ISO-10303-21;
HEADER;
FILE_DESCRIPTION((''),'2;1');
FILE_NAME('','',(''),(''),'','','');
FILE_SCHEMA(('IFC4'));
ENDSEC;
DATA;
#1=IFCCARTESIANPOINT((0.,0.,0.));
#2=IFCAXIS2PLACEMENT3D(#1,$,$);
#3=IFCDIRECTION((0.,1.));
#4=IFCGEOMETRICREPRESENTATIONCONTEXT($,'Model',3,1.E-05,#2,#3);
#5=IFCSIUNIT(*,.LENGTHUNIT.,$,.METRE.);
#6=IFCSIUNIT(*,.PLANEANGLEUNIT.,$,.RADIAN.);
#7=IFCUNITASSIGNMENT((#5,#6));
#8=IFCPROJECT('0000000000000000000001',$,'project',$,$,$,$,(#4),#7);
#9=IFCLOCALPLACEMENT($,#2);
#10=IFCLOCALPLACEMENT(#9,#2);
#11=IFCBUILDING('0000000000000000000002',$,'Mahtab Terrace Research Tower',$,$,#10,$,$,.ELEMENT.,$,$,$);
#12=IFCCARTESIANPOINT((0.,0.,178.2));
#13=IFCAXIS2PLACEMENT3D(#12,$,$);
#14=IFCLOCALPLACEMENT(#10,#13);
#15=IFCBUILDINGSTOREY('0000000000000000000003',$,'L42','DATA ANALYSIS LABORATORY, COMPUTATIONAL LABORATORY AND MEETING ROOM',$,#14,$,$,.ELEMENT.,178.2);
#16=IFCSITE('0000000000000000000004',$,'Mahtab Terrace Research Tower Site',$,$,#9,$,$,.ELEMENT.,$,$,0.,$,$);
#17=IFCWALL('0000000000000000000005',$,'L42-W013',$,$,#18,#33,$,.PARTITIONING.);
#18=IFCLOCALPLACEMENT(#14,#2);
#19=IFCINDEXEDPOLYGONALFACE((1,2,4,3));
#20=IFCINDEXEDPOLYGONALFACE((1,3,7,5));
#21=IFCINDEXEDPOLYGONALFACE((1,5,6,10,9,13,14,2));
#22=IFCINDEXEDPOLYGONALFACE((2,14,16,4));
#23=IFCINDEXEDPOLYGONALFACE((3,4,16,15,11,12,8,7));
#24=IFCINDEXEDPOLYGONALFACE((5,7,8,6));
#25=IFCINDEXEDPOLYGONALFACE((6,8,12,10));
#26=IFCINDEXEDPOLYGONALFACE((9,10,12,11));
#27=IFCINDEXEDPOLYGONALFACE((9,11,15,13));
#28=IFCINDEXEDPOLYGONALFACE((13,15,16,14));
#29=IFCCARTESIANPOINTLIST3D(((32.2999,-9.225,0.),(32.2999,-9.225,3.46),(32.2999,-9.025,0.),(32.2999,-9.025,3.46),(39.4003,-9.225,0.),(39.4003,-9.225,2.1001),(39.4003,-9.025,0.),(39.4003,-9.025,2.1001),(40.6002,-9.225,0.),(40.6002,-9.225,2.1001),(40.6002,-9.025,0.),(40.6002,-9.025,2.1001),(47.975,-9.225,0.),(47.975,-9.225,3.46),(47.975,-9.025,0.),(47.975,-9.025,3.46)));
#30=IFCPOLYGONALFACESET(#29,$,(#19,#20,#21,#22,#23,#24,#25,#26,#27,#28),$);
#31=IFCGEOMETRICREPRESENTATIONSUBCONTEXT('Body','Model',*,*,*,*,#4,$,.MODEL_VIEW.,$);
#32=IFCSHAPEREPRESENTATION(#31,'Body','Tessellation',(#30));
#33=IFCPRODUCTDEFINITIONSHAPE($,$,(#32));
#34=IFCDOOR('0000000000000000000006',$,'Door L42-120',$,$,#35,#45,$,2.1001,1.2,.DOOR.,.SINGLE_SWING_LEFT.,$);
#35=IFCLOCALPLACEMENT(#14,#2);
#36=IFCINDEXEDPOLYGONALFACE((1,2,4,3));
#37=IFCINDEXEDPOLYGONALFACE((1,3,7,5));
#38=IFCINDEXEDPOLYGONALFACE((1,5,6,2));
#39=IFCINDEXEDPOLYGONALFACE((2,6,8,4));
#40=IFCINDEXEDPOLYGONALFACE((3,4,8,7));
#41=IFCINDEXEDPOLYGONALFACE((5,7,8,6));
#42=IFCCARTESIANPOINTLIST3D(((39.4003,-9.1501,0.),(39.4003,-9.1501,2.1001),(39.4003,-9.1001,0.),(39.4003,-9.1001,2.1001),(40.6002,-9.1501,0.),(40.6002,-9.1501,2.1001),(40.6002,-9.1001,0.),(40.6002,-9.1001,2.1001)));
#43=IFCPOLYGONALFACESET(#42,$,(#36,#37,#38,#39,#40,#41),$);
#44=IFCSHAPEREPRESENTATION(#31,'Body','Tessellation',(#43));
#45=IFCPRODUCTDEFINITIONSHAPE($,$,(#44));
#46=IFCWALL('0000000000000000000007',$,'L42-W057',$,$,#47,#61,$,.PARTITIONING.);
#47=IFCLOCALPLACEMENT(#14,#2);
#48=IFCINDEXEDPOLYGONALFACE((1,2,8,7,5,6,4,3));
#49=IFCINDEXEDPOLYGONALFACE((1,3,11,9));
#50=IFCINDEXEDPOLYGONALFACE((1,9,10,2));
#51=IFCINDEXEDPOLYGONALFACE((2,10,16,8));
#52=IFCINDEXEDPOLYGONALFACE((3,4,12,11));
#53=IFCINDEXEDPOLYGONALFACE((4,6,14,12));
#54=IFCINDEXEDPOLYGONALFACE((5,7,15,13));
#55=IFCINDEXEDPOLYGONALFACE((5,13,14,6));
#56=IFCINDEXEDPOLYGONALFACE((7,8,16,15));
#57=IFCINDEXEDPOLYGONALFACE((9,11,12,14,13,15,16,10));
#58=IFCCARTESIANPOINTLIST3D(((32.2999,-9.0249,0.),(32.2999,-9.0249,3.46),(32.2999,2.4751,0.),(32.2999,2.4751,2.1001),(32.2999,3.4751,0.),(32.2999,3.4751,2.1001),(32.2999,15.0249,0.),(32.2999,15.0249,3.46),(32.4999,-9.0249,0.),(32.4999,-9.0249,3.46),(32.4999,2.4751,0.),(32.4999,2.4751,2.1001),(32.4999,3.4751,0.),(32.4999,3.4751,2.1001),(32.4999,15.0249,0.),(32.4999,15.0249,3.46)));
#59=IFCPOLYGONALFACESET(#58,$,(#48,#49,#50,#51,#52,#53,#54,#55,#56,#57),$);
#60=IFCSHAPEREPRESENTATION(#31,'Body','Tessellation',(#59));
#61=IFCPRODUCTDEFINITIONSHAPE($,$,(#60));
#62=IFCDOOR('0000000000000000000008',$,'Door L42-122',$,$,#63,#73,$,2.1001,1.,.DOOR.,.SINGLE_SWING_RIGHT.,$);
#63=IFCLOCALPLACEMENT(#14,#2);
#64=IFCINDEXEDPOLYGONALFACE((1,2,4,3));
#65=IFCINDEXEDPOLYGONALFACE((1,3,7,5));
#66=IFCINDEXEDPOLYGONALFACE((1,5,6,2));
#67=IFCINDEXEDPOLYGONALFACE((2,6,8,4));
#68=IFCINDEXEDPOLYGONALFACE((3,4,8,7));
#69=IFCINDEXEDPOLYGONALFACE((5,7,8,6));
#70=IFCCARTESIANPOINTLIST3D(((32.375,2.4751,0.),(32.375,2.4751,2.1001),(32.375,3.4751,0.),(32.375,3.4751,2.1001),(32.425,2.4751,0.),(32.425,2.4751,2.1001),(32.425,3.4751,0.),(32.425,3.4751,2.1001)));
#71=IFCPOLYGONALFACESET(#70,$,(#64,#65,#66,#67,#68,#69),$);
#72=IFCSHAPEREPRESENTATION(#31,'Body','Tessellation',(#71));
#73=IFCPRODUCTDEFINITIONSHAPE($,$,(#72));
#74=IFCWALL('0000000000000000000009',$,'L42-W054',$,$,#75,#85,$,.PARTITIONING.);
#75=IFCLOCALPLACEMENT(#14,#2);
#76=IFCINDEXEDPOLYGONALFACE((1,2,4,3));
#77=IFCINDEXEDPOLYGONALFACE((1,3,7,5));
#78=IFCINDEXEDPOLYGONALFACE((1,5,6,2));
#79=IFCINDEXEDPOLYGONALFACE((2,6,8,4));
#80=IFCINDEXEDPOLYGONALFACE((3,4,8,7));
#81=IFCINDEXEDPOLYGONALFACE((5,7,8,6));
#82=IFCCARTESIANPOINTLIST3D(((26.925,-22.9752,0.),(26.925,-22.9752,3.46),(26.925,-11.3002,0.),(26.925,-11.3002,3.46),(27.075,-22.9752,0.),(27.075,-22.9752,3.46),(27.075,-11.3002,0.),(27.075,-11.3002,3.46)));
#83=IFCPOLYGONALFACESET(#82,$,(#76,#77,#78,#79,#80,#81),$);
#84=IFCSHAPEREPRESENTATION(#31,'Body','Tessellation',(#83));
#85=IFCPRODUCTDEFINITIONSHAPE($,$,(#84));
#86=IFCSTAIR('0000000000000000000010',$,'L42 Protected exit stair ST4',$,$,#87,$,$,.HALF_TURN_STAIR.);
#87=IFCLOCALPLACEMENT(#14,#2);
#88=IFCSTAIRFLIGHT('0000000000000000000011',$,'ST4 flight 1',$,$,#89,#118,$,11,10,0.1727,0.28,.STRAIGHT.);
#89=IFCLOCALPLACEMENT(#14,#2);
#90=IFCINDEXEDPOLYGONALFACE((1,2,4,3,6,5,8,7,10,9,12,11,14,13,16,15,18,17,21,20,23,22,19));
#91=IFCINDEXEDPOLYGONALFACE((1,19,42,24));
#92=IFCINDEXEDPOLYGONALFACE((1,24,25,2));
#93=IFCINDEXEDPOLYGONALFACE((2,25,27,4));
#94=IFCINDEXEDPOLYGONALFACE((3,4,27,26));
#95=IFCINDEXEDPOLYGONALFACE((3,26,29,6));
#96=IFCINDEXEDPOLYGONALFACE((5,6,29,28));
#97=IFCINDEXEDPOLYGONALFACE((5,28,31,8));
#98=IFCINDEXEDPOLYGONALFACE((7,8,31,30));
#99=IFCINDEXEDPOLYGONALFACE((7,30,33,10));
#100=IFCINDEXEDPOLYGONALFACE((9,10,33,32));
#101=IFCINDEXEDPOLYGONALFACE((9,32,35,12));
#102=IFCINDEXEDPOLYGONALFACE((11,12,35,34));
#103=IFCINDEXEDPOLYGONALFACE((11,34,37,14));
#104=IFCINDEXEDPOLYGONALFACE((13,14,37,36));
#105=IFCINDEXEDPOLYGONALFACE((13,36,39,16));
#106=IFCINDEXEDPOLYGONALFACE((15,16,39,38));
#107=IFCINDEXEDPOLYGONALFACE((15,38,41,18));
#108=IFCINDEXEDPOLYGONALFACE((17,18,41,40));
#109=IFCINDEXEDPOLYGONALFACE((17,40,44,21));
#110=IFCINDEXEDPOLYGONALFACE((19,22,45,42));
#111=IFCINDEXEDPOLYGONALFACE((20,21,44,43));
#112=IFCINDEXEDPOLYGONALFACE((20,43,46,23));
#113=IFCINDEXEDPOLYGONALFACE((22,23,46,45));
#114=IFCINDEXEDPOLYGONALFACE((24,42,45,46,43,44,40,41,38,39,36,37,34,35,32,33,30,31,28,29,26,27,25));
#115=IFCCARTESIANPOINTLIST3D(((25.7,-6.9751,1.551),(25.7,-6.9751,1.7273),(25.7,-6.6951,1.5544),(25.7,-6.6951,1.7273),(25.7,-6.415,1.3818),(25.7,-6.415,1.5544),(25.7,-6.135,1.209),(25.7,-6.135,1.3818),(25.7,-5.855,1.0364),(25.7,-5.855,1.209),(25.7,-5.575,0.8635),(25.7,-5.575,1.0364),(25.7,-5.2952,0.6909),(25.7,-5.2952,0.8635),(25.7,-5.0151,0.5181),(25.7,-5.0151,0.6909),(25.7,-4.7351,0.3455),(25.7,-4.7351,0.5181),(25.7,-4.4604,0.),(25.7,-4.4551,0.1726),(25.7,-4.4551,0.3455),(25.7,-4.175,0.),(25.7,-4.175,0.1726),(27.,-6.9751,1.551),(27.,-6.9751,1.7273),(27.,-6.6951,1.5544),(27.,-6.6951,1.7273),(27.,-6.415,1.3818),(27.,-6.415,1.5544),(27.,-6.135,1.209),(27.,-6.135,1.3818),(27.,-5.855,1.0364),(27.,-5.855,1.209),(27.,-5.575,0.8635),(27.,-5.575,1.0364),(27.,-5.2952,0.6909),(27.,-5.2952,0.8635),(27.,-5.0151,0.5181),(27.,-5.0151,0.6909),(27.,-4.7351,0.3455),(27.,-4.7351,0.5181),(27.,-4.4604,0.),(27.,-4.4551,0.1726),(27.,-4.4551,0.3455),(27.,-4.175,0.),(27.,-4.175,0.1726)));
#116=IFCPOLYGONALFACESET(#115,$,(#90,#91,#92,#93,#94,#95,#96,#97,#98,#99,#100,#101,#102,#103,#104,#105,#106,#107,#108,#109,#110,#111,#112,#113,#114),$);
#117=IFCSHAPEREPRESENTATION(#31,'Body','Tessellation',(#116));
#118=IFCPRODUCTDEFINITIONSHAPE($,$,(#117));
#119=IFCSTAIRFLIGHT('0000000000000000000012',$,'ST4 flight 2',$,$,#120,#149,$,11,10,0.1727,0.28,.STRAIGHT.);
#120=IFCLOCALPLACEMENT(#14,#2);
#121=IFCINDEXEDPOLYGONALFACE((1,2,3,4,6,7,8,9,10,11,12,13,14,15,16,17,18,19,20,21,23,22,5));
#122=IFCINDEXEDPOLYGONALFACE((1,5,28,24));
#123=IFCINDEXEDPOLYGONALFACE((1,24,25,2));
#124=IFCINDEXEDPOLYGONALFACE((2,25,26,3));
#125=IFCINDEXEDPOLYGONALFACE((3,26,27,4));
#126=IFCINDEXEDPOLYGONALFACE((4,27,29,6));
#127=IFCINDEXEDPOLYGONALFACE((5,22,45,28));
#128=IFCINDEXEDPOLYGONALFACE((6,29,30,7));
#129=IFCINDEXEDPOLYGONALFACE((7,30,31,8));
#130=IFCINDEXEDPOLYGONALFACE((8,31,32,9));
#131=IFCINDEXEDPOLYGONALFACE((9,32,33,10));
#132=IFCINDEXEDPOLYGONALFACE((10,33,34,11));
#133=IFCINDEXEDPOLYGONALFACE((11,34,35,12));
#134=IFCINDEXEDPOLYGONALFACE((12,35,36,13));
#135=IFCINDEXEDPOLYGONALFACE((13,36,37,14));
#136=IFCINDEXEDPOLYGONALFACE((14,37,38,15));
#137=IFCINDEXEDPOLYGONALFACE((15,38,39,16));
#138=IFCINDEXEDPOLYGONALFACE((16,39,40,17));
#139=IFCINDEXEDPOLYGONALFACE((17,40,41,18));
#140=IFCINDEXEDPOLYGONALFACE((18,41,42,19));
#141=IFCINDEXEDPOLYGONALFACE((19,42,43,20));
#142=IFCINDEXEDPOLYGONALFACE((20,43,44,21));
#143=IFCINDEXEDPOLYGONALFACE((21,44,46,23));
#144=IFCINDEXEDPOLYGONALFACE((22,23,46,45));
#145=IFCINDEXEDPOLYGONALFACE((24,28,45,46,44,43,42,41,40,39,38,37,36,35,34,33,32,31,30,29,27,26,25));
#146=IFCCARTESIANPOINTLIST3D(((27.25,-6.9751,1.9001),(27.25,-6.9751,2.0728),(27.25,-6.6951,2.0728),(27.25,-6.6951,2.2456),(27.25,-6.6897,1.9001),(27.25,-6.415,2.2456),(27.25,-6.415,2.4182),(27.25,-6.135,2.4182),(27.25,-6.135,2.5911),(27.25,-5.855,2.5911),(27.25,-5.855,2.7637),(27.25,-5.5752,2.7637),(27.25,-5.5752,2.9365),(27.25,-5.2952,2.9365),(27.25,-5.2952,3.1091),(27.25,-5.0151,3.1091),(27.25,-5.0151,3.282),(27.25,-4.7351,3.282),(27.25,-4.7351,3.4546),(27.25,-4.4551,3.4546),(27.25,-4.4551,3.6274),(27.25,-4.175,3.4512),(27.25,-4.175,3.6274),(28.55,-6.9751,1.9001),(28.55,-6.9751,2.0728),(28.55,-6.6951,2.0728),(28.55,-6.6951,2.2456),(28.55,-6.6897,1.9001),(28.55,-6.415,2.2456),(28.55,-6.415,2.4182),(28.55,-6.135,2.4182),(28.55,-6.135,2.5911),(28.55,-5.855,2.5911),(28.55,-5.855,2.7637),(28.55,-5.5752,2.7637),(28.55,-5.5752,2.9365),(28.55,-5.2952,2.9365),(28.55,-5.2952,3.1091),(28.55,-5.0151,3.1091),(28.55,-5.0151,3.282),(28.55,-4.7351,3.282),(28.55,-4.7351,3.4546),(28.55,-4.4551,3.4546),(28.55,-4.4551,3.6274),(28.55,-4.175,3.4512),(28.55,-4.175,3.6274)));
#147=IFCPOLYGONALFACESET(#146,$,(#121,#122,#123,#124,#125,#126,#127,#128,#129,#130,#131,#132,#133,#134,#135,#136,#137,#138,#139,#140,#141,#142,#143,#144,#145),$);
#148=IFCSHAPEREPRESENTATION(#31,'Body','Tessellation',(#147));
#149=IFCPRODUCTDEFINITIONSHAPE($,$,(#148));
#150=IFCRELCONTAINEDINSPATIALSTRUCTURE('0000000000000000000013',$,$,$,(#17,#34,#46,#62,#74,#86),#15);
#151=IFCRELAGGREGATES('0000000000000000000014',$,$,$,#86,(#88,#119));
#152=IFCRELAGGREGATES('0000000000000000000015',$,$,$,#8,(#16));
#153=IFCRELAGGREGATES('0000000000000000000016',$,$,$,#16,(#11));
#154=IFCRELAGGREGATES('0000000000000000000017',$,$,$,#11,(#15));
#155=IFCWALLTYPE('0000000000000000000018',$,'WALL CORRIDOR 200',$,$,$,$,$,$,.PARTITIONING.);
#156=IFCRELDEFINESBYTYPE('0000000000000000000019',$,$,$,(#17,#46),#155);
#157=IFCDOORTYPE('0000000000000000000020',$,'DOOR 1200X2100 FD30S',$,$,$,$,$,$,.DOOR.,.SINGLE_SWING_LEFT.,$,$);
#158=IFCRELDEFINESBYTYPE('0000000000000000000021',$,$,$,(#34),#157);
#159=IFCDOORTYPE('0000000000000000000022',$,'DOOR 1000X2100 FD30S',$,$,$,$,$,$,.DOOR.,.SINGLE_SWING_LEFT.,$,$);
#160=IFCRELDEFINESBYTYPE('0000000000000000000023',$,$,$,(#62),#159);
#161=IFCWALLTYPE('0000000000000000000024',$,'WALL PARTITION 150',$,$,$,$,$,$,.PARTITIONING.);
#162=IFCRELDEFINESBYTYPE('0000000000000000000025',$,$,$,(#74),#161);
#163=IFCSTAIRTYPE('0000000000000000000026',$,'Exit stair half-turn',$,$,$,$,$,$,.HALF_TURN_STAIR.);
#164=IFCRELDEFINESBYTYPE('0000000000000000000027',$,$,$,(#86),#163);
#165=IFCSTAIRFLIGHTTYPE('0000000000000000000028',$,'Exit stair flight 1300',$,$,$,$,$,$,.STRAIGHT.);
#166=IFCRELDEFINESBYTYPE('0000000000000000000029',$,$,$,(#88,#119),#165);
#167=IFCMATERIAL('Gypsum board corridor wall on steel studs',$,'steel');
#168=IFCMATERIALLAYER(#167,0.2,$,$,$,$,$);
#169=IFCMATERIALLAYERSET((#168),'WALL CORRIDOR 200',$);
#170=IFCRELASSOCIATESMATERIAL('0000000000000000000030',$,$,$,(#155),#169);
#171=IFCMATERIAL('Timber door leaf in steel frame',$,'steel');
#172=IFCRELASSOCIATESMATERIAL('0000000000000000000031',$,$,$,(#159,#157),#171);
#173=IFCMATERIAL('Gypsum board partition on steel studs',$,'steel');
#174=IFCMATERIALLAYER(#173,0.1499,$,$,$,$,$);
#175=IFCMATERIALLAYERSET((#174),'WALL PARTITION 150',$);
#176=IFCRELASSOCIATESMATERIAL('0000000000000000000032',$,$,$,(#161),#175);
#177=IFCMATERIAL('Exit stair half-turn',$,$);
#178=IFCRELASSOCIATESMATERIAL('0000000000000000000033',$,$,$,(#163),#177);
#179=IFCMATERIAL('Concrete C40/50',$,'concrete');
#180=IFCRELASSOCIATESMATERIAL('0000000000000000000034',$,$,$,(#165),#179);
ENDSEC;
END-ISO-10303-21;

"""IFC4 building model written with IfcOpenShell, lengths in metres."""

from ifc_helpers import new_model, si_unit, direction, frame, frame_2d, origin, place, context, subcontext, project, spatial, polyline, rectangle, outline, extrude, material, layer, layer_set, type_object, element, fill, aggregate, save


model = new_model("IFC4")

# Units and contexts
model_context = context("Model", 3, precision=1e-05, world=origin(), true_north=direction((0.0, 1.0)))
body_context = subcontext(model_context, "Body", "Model", "MODEL_VIEW")
ifc_project = project(units=[si_unit("LENGTHUNIT", "METRE"), si_unit("PLANEANGLEUNIT", "RADIAN")], contexts=[model_context])

# Site, building, storey
site_placement = place(None, origin())
site = spatial("IfcSite", under=ifc_project, at=site_placement, Name="Mahtab Terrace Research Tower Site", CompositionType="ELEMENT", RefElevation=0.0)
building_placement = place(site_placement, origin())
building = spatial("IfcBuilding", under=site, at=building_placement, Name="Mahtab Terrace Research Tower", CompositionType="ELEMENT")
storey_placement = place(building_placement, frame((0.0, 0.0, 178.2)))
storey = spatial("IfcBuildingStorey", under=building, at=storey_placement, Name="L42", Description="DATA ANALYSIS LABORATORY, COMPUTATIONAL LABORATORY AND MEETING ROOM", CompositionType="ELEMENT", Elevation=178.2)

# Shared definitions
ifc_material_1 = material(Name="Gypsum board corridor wall on steel studs", Category="steel")
ifc_layer_1 = layer(ifc_material_1, 0.2)
ifc_layer_set_1 = layer_set([ifc_layer_1], Name="WALL CORRIDOR 200")
wall_type_1 = type_object("IfcWallType", Name="WALL CORRIDOR 200", PredefinedType="PARTITIONING", material=ifc_layer_set_1)
ifc_material_2 = material(Name="Timber door leaf in steel frame", Category="steel")
door_type_1 = type_object("IfcDoorType", Name="DOOR 1000X2100 FD30S", OperationType="SINGLE_SWING_LEFT", PredefinedType="DOOR", material=ifc_material_2)

# Walls, openings, doors
wall_1_placement = place(storey_placement, frame((32.3, -9.125, 0.0), z_axis=(0.0, 0.0, 1.0), x_axis=(1.0, 0.0, 0.0)))
wall_1 = element("IfcWall", 1, at=wall_1_placement, inside=storey, type_object=wall_type_1, Name="L42-W013", PredefinedType="PARTITIONING", context=body_context, shape_type="SweptSolid", body=[
    extrude(rectangle(XDim=15.675, YDim=0.2, at=frame_2d((7.8374, 0.0))), origin(), (0.0, 0.0, 1.0), 3.46),
])
opening_1_placement = place(wall_1_placement, frame((7.1001, 0.0, 0.0)))
opening_1 = element("IfcOpeningElement", 2, at=opening_1_placement, cuts=wall_1, PredefinedType="OPENING", context=body_context, shape_type="SweptSolid", body=[
    extrude(rectangle(XDim=1.2, YDim=2.1001, at=frame_2d((0.6001, 1.05))), frame((0.0, 0.1099, 0.0), z_axis=(0.0, -1.0, 0.0), x_axis=(1.0, 0.0, 0.0)), (0.0, 0.0, 1.0), 0.22),
])
door_type_2 = type_object("IfcDoorType", Name="DOOR 1200X2100 FD30S", OperationType="SINGLE_SWING_LEFT", PredefinedType="DOOR", material=ifc_material_2)
door_1_placement = place(opening_1_placement, origin())
door_1 = element("IfcDoor", 3, at=door_1_placement, inside=storey, type_object=door_type_2, Name="Door L42-120", OperationType="SINGLE_SWING_LEFT", OverallHeight=2.1001, OverallWidth=1.2, PredefinedType="DOOR", context=body_context, shape_type="SweptSolid", body=[
    extrude(rectangle(XDim=1.2, YDim=2.1001, at=frame_2d((0.6001, 1.05))), frame((0.0, 0.0249, 0.0), z_axis=(0.0, -1.0, 0.0), x_axis=(1.0, 0.0, 0.0)), (0.0, 0.0, 1.0), 0.05),
])
fill(opening_1, door_1)
wall_2_placement = place(storey_placement, frame((32.3999, -9.0249, 0.0), z_axis=(0.0, 0.0, 1.0), x_axis=(0.0, 1.0, 0.0)))
wall_2 = element("IfcWall", 4, at=wall_2_placement, inside=storey, type_object=wall_type_1, Name="L42-W057", PredefinedType="PARTITIONING", context=body_context, shape_type="SweptSolid", body=[
    extrude(rectangle(XDim=24.0498, YDim=0.2, at=frame_2d((12.0249, 0.0))), origin(), (0.0, 0.0, 1.0), 3.46),
])
opening_2_placement = place(wall_2_placement, frame((11.5, 0.0, 0.0)))
opening_2 = element("IfcOpeningElement", 5, at=opening_2_placement, cuts=wall_2, PredefinedType="OPENING", context=body_context, shape_type="SweptSolid", body=[
    extrude(rectangle(XDim=1.0, YDim=2.1001, at=frame_2d((0.5, 1.05))), frame((0.0, 0.1099, 0.0), z_axis=(0.0, -1.0, 0.0), x_axis=(1.0, 0.0, 0.0)), (0.0, 0.0, 1.0), 0.22),
])
door_2_placement = place(opening_2_placement, origin())
door_2 = element("IfcDoor", 6, at=door_2_placement, inside=storey, type_object=door_type_1, Name="Door L42-122", OperationType="SINGLE_SWING_RIGHT", OverallHeight=2.1001, OverallWidth=1.0, PredefinedType="DOOR", context=body_context, shape_type="SweptSolid", body=[
    extrude(rectangle(XDim=1.0, YDim=2.1001, at=frame_2d((0.5, 1.05))), frame((0.0, 0.0249, 0.0), z_axis=(0.0, -1.0, 0.0), x_axis=(1.0, 0.0, 0.0)), (0.0, 0.0, 1.0), 0.05),
])
fill(opening_2, door_2)

# Wall
ifc_material_3 = material(Name="Gypsum board partition on steel studs", Category="steel")
ifc_layer_2 = layer(ifc_material_3, 0.1499)
ifc_layer_set_2 = layer_set([ifc_layer_2], Name="WALL PARTITION 150")
wall_type_2 = type_object("IfcWallType", Name="WALL PARTITION 150", PredefinedType="PARTITIONING", material=ifc_layer_set_2)
wall_3_placement = place(storey_placement, frame((27.0, -22.9751, 0.0), z_axis=(0.0, 0.0, 1.0), x_axis=(0.0, 1.0, 0.0)))
element("IfcWall", 7, at=wall_3_placement, inside=storey, type_object=wall_type_2, Name="L42-W054", PredefinedType="PARTITIONING", context=body_context, shape_type="SweptSolid", body=[
    extrude(rectangle(XDim=11.675, YDim=0.1499, at=frame_2d((5.8374, 0.0))), origin(), (0.0, 0.0, 1.0), 3.46),
])

# Stair, stair flights
ifc_material_4 = material(Name="Exit stair half-turn")
stair_type = type_object("IfcStairType", Name="Exit stair half-turn", PredefinedType="HALF_TURN_STAIR", material=ifc_material_4)
stair_placement = place(storey_placement, origin())
stair = element("IfcStair", 8, at=stair_placement, inside=storey, type_object=stair_type, Name="L42 Protected exit stair ST4", PredefinedType="HALF_TURN_STAIR")
ifc_material_5 = material(Name="Concrete C40/50", Category="concrete")
stair_flight_type = type_object("IfcStairFlightType", Name="Exit stair flight 1300", PredefinedType="STRAIGHT", material=ifc_material_5)
stair_flight_1_placement = place(storey_placement, frame((26.3501, -4.175, 0.0), z_axis=(0.0, 0.0, 1.0), x_axis=(0.0, -1.0, 0.0)))
stair_flight_1 = element("IfcStairFlight", 9, at=stair_flight_1_placement, type_object=stair_flight_type, Name="ST4 flight 1", NumberOfRisers=11, NumberOfTreads=10, PredefinedType="STRAIGHT", RiserHeight=0.1727, TreadLength=0.28, context=body_context, shape_type="SweptSolid", body=[
    extrude(outline(polyline([(0.0, 0.0), (0.0, 0.1726), (0.28, 0.1726), (0.28, 0.3455), (0.5601, 0.3455), (0.5601, 0.5181), (0.8401, 0.5181), (0.8401, 0.6909), (1.1201, 0.6909), (1.1201, 0.8635), (1.3999, 0.8635), (1.3999, 1.0364), (1.6799, 1.0364), (1.6799, 1.209), (1.96, 1.209), (1.96, 1.3818), (2.24, 1.3818), (2.24, 1.5544), (2.52, 1.5544), (2.52, 1.7273), (2.8, 1.7273), (2.8, 1.8999), (2.8, 1.551), (0.2854, 0.0), (0.0, 0.0)])), frame((0.0, 0.6499, 0.0), z_axis=(0.0, -1.0, 0.0), x_axis=(1.0, 0.0, 0.0)), (0.0, 0.0, 1.0), 1.3),
])
stair_flight_2_placement = place(storey_placement, frame((27.8999, -6.9751, 1.9001), z_axis=(0.0, 0.0, 1.0), x_axis=(0.0, 1.0, 0.0)))
stair_flight_2 = element("IfcStairFlight", 10, at=stair_flight_2_placement, type_object=stair_flight_type, Name="ST4 flight 2", NumberOfRisers=11, NumberOfTreads=10, PredefinedType="STRAIGHT", RiserHeight=0.1727, TreadLength=0.28, context=body_context, shape_type="SweptSolid", body=[
    extrude(outline(polyline([(0.0, 0.0), (0.0, 0.1726), (0.28, 0.1726), (0.28, 0.3455), (0.5601, 0.3455), (0.5601, 0.5181), (0.8401, 0.5181), (0.8401, 0.6909), (1.1201, 0.6909), (1.1201, 0.8635), (1.3999, 0.8635), (1.3999, 1.0364), (1.6799, 1.0364), (1.6799, 1.209), (1.96, 1.209), (1.96, 1.3818), (2.24, 1.3818), (2.24, 1.5544), (2.52, 1.5544), (2.52, 1.7273), (2.8, 1.7273), (2.8, 1.8999), (2.8, 1.551), (0.2854, 0.0), (0.0, 0.0)])), frame((0.0, 0.6499, 0.0), z_axis=(0.0, -1.0, 0.0), x_axis=(1.0, 0.0, 0.0)), (0.0, 0.0, 1.0), 1.3),
])
aggregate(stair, [stair_flight_1, stair_flight_2])

save(model, "model.ifc")
